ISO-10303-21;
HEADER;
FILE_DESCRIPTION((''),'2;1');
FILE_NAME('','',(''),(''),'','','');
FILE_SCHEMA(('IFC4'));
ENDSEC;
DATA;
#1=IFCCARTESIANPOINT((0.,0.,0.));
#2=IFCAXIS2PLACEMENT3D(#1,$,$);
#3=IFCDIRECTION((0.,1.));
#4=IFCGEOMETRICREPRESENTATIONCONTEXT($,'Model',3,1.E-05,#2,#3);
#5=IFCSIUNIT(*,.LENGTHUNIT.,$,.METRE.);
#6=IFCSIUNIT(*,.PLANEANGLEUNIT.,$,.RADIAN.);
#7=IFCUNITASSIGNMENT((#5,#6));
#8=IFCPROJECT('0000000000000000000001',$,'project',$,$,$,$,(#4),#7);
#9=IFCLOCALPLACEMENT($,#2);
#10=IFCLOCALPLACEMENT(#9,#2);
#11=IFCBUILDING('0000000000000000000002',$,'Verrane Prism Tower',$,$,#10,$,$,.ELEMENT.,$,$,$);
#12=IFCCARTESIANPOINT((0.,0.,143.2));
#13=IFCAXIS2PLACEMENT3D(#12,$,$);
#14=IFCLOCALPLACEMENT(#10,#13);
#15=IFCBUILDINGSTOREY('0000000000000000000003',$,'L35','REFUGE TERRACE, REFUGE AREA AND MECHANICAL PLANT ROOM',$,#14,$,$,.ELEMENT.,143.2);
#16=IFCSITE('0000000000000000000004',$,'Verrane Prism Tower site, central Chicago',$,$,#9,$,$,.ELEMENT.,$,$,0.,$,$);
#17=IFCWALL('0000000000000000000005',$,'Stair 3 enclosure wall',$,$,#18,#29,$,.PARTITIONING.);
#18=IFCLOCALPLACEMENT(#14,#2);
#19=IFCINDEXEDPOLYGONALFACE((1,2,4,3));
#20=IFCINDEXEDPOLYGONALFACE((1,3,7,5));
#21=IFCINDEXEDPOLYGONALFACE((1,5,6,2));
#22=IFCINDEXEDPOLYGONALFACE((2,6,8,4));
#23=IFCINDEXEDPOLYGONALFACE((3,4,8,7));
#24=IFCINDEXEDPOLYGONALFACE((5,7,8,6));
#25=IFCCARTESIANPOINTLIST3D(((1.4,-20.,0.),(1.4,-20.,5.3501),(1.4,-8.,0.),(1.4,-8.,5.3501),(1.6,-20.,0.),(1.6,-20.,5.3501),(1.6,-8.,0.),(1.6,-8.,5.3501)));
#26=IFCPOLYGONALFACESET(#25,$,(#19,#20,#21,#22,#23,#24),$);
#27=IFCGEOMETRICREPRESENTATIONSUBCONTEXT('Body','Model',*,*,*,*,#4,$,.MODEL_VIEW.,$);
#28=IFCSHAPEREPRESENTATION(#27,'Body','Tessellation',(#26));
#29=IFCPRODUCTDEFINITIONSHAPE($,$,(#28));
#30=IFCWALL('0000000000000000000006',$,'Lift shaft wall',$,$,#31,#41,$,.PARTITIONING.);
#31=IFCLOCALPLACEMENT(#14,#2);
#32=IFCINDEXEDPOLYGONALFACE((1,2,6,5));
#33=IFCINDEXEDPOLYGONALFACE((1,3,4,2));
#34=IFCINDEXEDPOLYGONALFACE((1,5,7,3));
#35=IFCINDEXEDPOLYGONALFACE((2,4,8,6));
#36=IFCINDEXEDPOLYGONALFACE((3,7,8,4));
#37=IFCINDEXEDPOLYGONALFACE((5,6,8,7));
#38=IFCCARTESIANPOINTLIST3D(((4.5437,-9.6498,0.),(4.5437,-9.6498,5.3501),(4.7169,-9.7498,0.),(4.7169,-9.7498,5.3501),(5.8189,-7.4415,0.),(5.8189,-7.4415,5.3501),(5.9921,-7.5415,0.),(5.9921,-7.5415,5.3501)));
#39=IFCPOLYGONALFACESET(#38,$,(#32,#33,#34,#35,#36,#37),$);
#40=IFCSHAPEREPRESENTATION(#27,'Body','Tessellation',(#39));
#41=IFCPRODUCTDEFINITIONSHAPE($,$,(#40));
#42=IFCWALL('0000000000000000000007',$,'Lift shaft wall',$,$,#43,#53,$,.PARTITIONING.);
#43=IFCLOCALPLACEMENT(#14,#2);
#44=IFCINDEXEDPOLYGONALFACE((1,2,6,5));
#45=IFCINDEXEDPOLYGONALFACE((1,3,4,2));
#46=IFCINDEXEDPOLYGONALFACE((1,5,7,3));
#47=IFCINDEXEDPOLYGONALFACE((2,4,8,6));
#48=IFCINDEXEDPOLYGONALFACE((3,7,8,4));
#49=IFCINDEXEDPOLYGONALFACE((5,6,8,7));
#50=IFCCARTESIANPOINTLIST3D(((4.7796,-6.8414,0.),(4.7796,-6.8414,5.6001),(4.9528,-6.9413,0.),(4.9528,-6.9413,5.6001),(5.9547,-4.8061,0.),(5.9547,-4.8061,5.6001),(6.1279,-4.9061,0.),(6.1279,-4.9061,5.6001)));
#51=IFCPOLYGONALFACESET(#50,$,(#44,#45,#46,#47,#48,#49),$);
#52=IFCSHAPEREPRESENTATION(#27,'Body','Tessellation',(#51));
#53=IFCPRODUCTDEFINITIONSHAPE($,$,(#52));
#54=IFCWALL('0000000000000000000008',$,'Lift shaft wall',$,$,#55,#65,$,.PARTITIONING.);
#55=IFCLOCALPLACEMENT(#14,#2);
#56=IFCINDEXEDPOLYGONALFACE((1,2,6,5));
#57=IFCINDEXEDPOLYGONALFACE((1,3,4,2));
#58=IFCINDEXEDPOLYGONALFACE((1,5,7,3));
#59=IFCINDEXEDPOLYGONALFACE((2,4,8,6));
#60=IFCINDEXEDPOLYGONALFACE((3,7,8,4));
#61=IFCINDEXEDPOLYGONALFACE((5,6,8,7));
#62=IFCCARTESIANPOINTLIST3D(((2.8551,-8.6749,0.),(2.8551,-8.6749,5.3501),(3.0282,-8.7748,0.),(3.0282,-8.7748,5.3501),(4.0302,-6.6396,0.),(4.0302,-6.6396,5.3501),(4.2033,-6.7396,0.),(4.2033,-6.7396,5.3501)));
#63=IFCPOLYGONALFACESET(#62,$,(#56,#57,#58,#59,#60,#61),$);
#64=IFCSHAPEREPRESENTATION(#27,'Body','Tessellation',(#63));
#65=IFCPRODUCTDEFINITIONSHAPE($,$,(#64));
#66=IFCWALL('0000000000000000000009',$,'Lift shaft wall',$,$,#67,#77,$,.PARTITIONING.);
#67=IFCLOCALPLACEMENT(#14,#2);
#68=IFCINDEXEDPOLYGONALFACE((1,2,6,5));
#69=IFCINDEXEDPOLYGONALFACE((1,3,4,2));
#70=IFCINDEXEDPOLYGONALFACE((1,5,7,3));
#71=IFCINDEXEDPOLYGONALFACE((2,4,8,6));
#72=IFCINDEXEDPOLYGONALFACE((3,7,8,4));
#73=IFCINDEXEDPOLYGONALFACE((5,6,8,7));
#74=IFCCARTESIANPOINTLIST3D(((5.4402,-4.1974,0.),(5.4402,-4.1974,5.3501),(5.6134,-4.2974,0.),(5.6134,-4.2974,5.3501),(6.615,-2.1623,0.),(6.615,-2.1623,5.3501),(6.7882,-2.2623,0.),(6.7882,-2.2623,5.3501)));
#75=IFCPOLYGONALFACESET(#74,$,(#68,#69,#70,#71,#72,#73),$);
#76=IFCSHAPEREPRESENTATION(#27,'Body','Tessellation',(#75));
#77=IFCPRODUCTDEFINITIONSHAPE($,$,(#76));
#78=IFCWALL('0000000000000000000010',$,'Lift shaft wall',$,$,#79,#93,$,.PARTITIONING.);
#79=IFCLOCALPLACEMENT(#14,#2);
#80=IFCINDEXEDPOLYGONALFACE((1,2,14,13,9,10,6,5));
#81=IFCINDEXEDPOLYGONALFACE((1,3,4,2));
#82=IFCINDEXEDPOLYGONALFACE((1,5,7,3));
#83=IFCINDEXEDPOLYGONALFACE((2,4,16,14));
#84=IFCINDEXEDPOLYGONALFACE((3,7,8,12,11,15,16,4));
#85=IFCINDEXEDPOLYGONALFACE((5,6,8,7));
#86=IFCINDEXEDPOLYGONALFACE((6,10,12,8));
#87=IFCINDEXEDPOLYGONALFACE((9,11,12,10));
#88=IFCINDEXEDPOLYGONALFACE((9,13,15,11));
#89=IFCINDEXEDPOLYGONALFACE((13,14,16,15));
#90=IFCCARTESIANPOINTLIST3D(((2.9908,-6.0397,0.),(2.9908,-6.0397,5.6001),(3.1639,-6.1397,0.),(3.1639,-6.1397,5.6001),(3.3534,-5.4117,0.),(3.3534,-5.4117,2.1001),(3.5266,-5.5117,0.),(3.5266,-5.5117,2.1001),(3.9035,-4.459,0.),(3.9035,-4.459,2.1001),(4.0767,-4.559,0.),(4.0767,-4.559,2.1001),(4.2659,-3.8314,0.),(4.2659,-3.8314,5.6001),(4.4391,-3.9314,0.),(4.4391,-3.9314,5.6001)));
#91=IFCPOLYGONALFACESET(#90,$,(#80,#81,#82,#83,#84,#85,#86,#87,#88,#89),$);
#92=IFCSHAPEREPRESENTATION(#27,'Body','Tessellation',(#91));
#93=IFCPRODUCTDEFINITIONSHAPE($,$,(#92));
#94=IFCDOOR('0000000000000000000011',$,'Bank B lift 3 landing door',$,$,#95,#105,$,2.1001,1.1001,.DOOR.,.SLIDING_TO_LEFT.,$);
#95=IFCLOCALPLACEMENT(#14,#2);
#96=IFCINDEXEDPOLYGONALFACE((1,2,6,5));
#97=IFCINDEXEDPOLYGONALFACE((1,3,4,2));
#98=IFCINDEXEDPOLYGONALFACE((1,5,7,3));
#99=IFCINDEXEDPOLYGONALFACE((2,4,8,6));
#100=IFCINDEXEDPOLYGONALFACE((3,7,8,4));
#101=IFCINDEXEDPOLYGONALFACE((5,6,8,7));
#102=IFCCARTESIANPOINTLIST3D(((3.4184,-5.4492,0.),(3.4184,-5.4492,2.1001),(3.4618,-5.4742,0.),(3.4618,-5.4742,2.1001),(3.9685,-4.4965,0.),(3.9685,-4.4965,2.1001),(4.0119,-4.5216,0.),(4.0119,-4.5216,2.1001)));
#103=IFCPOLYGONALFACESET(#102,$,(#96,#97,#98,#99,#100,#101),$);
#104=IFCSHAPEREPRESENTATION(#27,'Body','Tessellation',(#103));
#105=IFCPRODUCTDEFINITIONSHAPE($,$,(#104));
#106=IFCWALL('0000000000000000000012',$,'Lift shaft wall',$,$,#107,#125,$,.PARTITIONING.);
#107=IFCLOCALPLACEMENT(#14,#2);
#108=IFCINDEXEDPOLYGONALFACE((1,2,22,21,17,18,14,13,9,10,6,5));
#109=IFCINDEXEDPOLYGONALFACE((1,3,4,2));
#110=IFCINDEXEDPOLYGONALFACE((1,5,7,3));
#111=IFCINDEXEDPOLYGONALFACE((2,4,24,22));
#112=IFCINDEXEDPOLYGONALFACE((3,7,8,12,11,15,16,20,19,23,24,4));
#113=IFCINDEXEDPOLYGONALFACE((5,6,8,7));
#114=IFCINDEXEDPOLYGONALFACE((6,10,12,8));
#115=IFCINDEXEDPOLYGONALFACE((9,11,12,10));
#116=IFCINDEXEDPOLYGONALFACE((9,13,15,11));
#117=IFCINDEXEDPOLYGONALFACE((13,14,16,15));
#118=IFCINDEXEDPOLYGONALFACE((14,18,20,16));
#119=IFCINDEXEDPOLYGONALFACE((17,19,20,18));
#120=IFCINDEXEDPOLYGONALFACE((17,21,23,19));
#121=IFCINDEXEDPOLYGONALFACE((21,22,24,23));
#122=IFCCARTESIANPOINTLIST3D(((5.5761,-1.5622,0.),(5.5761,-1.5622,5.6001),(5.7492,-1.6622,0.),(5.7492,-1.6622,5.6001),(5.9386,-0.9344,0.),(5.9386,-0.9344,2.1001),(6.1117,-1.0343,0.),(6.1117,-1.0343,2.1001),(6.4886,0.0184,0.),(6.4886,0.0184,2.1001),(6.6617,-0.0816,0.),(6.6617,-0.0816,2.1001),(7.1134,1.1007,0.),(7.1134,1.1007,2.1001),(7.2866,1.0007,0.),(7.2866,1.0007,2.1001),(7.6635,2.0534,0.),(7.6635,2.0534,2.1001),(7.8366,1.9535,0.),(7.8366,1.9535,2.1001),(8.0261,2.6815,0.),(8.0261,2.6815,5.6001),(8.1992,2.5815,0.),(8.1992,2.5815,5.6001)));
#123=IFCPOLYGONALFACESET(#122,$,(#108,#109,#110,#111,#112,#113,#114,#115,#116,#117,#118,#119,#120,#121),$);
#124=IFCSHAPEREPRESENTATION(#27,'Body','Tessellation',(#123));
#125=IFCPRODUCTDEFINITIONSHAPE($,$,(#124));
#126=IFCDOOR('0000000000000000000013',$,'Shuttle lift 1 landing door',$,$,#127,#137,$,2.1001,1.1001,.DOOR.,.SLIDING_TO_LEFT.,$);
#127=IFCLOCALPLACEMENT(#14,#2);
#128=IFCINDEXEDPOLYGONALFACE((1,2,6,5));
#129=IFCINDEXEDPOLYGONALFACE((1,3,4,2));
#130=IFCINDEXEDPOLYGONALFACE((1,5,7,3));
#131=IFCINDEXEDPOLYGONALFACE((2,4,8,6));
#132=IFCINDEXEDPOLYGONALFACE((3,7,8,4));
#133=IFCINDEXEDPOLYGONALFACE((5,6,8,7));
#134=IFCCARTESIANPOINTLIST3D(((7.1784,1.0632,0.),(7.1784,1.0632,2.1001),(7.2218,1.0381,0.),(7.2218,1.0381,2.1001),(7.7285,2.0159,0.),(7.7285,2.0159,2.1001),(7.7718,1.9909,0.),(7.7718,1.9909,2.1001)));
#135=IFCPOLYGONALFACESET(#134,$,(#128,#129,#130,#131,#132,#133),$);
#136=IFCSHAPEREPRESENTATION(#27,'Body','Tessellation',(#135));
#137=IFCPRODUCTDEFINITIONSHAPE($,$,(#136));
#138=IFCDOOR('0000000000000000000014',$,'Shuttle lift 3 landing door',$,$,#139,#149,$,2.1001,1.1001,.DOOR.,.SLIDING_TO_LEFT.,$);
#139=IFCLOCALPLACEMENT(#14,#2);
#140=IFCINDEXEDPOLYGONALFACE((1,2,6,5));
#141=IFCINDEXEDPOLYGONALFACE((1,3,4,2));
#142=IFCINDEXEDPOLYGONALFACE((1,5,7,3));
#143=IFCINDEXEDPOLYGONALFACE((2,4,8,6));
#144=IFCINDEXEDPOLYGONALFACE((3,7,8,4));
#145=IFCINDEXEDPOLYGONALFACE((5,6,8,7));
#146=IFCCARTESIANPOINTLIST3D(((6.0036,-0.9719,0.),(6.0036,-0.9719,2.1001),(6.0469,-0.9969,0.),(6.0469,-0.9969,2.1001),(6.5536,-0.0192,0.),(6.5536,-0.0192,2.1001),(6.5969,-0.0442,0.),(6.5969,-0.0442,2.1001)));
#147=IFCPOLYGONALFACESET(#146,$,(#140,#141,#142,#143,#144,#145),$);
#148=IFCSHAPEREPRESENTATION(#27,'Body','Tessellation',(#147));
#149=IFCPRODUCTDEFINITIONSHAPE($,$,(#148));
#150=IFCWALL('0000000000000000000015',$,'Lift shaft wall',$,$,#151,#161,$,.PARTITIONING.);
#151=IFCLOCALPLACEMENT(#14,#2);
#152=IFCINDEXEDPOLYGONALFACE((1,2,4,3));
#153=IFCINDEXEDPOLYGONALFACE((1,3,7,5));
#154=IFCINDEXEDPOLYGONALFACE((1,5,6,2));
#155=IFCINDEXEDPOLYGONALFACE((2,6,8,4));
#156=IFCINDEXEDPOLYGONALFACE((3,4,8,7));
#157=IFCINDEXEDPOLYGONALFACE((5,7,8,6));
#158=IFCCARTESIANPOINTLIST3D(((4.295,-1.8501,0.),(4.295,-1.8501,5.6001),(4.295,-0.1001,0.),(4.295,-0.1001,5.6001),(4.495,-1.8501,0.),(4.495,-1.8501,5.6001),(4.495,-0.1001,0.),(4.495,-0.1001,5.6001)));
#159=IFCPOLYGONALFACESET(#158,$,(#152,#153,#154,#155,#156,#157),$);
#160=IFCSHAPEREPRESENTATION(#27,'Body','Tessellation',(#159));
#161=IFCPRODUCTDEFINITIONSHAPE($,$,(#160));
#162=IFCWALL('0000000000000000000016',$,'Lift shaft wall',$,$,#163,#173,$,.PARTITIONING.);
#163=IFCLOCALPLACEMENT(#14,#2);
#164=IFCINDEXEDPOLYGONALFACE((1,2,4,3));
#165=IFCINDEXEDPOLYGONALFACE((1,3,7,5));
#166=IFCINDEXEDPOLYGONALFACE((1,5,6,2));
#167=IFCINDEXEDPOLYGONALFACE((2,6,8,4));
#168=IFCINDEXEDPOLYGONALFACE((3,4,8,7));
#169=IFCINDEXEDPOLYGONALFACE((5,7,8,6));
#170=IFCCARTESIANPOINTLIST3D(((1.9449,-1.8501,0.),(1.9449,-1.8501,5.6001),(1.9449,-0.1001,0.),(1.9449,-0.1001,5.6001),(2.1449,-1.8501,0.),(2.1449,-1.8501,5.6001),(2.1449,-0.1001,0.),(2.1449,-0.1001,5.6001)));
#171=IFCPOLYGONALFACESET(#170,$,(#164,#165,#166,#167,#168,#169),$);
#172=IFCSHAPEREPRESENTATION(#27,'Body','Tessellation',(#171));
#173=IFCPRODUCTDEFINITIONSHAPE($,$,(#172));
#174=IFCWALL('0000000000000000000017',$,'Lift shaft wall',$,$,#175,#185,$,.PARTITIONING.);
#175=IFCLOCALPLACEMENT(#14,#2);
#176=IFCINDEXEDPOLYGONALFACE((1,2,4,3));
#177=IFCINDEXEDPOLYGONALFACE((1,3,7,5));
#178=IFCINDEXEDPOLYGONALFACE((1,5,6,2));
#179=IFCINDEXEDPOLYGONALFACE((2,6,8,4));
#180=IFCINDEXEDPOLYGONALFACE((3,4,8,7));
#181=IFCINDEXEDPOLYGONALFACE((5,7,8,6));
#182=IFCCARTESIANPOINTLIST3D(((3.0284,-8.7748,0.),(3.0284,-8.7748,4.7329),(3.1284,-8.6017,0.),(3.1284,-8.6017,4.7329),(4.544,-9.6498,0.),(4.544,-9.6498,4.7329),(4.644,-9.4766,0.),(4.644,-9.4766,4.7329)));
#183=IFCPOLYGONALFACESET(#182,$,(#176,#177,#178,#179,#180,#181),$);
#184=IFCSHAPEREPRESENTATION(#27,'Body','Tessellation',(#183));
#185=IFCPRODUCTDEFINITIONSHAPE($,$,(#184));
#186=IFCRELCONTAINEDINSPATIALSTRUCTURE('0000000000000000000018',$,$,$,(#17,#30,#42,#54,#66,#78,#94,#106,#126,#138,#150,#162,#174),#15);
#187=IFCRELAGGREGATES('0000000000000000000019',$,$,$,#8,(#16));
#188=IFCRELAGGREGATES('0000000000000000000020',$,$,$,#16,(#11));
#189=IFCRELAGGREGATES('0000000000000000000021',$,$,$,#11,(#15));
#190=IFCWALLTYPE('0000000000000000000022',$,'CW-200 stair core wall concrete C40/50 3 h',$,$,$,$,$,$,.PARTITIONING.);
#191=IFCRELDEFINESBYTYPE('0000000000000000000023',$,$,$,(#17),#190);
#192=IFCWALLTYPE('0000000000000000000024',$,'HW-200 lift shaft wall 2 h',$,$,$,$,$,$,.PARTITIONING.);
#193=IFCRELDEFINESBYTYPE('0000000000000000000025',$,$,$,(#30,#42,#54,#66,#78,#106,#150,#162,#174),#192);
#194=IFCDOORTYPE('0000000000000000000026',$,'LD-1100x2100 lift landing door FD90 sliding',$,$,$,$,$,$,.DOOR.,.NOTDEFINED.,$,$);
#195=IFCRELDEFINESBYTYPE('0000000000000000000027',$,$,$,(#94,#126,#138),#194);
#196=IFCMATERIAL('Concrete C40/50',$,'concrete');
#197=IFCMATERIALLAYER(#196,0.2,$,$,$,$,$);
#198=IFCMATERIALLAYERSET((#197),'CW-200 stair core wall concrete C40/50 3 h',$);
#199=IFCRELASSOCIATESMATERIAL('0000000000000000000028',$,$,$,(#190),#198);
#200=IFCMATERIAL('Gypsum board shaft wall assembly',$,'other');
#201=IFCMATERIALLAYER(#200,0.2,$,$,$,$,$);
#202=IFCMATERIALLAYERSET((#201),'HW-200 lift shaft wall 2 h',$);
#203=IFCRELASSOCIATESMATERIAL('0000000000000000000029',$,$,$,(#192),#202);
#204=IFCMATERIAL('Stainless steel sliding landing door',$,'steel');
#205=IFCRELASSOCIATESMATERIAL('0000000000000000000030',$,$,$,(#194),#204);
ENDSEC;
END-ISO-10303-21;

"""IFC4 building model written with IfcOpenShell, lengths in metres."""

from ifc_helpers import new_model, si_unit, direction, frame, frame_2d, origin, place, context, subcontext, project, spatial, rectangle, extrude, material, layer, layer_set, type_object, element, fill, save


model = new_model("IFC4")

# Units and contexts
model_context = context("Model", 3, precision=1e-05, world=origin(), true_north=direction((0.0, 1.0)))
body_context = subcontext(model_context, "Body", "Model", "MODEL_VIEW")
ifc_project = project(units=[si_unit("LENGTHUNIT", "METRE"), si_unit("PLANEANGLEUNIT", "RADIAN")], contexts=[model_context])

# Site, building, storey
site_placement = place(None, origin())
site = spatial("IfcSite", under=ifc_project, at=site_placement, Name="Verrane Prism Tower site, central Chicago", CompositionType="ELEMENT", RefElevation=0.0)
building_placement = place(site_placement, origin())
building = spatial("IfcBuilding", under=site, at=building_placement, Name="Verrane Prism Tower", CompositionType="ELEMENT")
storey_placement = place(building_placement, frame((0.0, 0.0, 143.2)))
storey = spatial("IfcBuildingStorey", under=building, at=storey_placement, Name="L35", Description="REFUGE TERRACE, REFUGE AREA AND MECHANICAL PLANT ROOM", CompositionType="ELEMENT", Elevation=143.2)

# Walls
ifc_material_1 = material(Name="Concrete C40/50", Category="concrete")
ifc_layer_1 = layer(ifc_material_1, 0.2)
ifc_layer_set_1 = layer_set([ifc_layer_1], Name="CW-200 stair core wall concrete C40/50 3 h")
wall_type_1 = type_object("IfcWallType", Name="CW-200 stair core wall concrete C40/50 3 h", PredefinedType="PARTITIONING", material=ifc_layer_set_1)
wall_1_placement = place(storey_placement, frame((1.5, -8.0, 0.0), z_axis=(0.0, 0.0, 1.0), x_axis=(0.0, -1.0, 0.0)))
element("IfcWall", 1, at=wall_1_placement, inside=storey, type_object=wall_type_1, Name="Stair 3 enclosure wall", PredefinedType="PARTITIONING", context=body_context, shape_type="SweptSolid", body=[
    extrude(rectangle(XDim=12.0, YDim=0.2, at=frame_2d((6.0, 0.0))), origin(), (0.0, 0.0, 1.0), 5.3501),
])
ifc_material_2 = material(Name="Gypsum board shaft wall assembly", Category="other")
ifc_layer_2 = layer(ifc_material_2, 0.2)
ifc_layer_set_2 = layer_set([ifc_layer_2], Name="HW-200 lift shaft wall 2 h")
wall_type_2 = type_object("IfcWallType", Name="HW-200 lift shaft wall 2 h", PredefinedType="PARTITIONING", material=ifc_layer_set_2)
wall_2_placement = place(storey_placement, frame((4.6304, -9.6997, 0.0), z_axis=(0.0, 0.0, 1.0), x_axis=(0.500062, 0.865989, 0.0)))
element("IfcWall", 2, at=wall_2_placement, inside=storey, type_object=wall_type_2, Name="Lift shaft wall", PredefinedType="PARTITIONING", context=body_context, shape_type="SweptSolid", body=[
    extrude(rectangle(XDim=2.55, YDim=0.2, at=frame_2d((1.2749, 0.0))), origin(), (0.0, 0.0, 1.0), 5.3501),
])
wall_3_placement = place(storey_placement, frame((4.8662, -6.8914, 0.0), z_axis=(0.0, 0.0, 1.0), x_axis=(0.500016, 0.866016, 0.0)))
element("IfcWall", 3, at=wall_3_placement, inside=storey, type_object=wall_type_2, Name="Lift shaft wall", PredefinedType="PARTITIONING", context=body_context, shape_type="SweptSolid", body=[
    extrude(rectangle(XDim=2.3501, YDim=0.2, at=frame_2d((1.175, 0.0))), origin(), (0.0, 0.0, 1.0), 5.6001),
])
wall_4_placement = place(storey_placement, frame((2.9417, -8.7249, 0.0), z_axis=(0.0, 0.0, 1.0), x_axis=(0.500016, 0.866016, 0.0)))
element("IfcWall", 4, at=wall_4_placement, inside=storey, type_object=wall_type_2, Name="Lift shaft wall", PredefinedType="PARTITIONING", context=body_context, shape_type="SweptSolid", body=[
    extrude(rectangle(XDim=2.3501, YDim=0.2, at=frame_2d((1.175, 0.0))), origin(), (0.0, 0.0, 1.0), 5.3501),
])
wall_5_placement = place(storey_placement, frame((5.5269, -4.2473, 0.0), z_axis=(0.0, 0.0, 1.0), x_axis=(0.499938, 0.866061, 0.0)))
element("IfcWall", 5, at=wall_5_placement, inside=storey, type_object=wall_type_2, Name="Lift shaft wall", PredefinedType="PARTITIONING", context=body_context, shape_type="SweptSolid", body=[
    extrude(rectangle(XDim=2.3499, YDim=0.2, at=frame_2d((1.1748, 0.0))), origin(), (0.0, 0.0, 1.0), 5.3501),
])

# Wall, opening, door
wall_6_placement = place(storey_placement, frame((3.0774, -6.0896, 0.0), z_axis=(0.0, 0.0, 1.0), x_axis=(0.500062, 0.865989, 0.0)))
wall_6 = element("IfcWall", 6, at=wall_6_placement, inside=storey, type_object=wall_type_2, Name="Lift shaft wall", PredefinedType="PARTITIONING", context=body_context, shape_type="SweptSolid", body=[
    extrude(rectangle(XDim=2.55, YDim=0.2, at=frame_2d((1.2749, 0.0))), origin(), (0.0, 0.0, 1.0), 5.6001),
])
opening_1_placement = place(wall_6_placement, frame((0.7251, 0.0, 0.0)))
opening_1 = element("IfcOpeningElement", 7, at=opening_1_placement, cuts=wall_6, PredefinedType="OPENING", context=body_context, shape_type="SweptSolid", body=[
    extrude(rectangle(XDim=1.1001, YDim=2.1001, at=frame_2d((0.55, 1.05))), frame((0.0, 0.1099, 0.0), z_axis=(0.0, -1.0, 0.0), x_axis=(1.0, 0.0, 0.0)), (0.0, 0.0, 1.0), 0.22),
])
ifc_material_3 = material(Name="Stainless steel sliding landing door", Category="steel")
door_type = type_object("IfcDoorType", Name="LD-1100x2100 lift landing door FD90 sliding", OperationType="NOTDEFINED", PredefinedType="DOOR", material=ifc_material_3)
door_1_placement = place(opening_1_placement, origin())
door_1 = element("IfcDoor", 8, at=door_1_placement, inside=storey, type_object=door_type, Name="Bank B lift 3 landing door", OperationType="SLIDING_TO_LEFT", OverallHeight=2.1001, OverallWidth=1.1001, PredefinedType="DOOR", context=body_context, shape_type="SweptSolid", body=[
    extrude(rectangle(XDim=1.1001, YDim=2.1001, at=frame_2d((0.55, 1.05))), frame((0.0, 0.0249, 0.0), z_axis=(0.0, -1.0, 0.0), x_axis=(1.0, 0.0, 0.0)), (0.0, 0.0, 1.0), 0.05),
])
fill(opening_1, door_1)

# Wall, openings, doors
wall_7_placement = place(storey_placement, frame((5.6626, -1.6123, 0.0), z_axis=(0.0, 0.0, 1.0), x_axis=(0.499981, 0.866036, 0.0)))
wall_7 = element("IfcWall", 9, at=wall_7_placement, inside=storey, type_object=wall_type_2, Name="Lift shaft wall", PredefinedType="PARTITIONING", context=body_context, shape_type="SweptSolid", body=[
    extrude(rectangle(XDim=4.9001, YDim=0.2, at=frame_2d((2.4502, 0.0))), origin(), (0.0, 0.0, 1.0), 5.6001),
])
opening_2_placement = place(wall_7_placement, frame((3.075, 0.0, 0.0)))
opening_2 = element("IfcOpeningElement", 10, at=opening_2_placement, cuts=wall_7, PredefinedType="OPENING", context=body_context, shape_type="SweptSolid", body=[
    extrude(rectangle(XDim=1.1001, YDim=2.1001, at=frame_2d((0.55, 1.05))), frame((0.0, 0.1099, 0.0), z_axis=(0.0, -1.0, 0.0), x_axis=(1.0, 0.0, 0.0)), (0.0, 0.0, 1.0), 0.22),
])
opening_3_placement = place(wall_7_placement, frame((0.7251, 0.0, 0.0)))
opening_3 = element("IfcOpeningElement", 11, at=opening_3_placement, cuts=wall_7, PredefinedType="OPENING", context=body_context, shape_type="SweptSolid", body=[
    extrude(rectangle(XDim=1.1001, YDim=2.1001, at=frame_2d((0.55, 1.05))), frame((0.0, 0.1099, 0.0), z_axis=(0.0, -1.0, 0.0), x_axis=(1.0, 0.0, 0.0)), (0.0, 0.0, 1.0), 0.22),
])
door_2_placement = place(opening_2_placement, origin())
door_2 = element("IfcDoor", 12, at=door_2_placement, inside=storey, type_object=door_type, Name="Shuttle lift 1 landing door", OperationType="SLIDING_TO_LEFT", OverallHeight=2.1001, OverallWidth=1.1001, PredefinedType="DOOR", context=body_context, shape_type="SweptSolid", body=[
    extrude(rectangle(XDim=1.1001, YDim=2.1001, at=frame_2d((0.55, 1.05))), frame((0.0, 0.0249, 0.0), z_axis=(0.0, -1.0, 0.0), x_axis=(1.0, 0.0, 0.0)), (0.0, 0.0, 1.0), 0.05),
])
fill(opening_2, door_2)
door_3_placement = place(opening_3_placement, origin())
door_3 = element("IfcDoor", 13, at=door_3_placement, inside=storey, type_object=door_type, Name="Shuttle lift 3 landing door", OperationType="SLIDING_TO_LEFT", OverallHeight=2.1001, OverallWidth=1.1001, PredefinedType="DOOR", context=body_context, shape_type="SweptSolid", body=[
    extrude(rectangle(XDim=1.1001, YDim=2.1001, at=frame_2d((0.55, 1.05))), frame((0.0, 0.0249, 0.0), z_axis=(0.0, -1.0, 0.0), x_axis=(1.0, 0.0, 0.0)), (0.0, 0.0, 1.0), 0.05),
])
fill(opening_3, door_3)

# Walls
for number, where, z_axis, x_axis, name in (
    (14, (4.395, -1.8501, 0.0), (0.0, 0.0, 1.0), (0.0, 1.0, 0.0), "Lift shaft wall"),
    (15, (2.0449, -1.8501, 0.0), (0.0, 0.0, 1.0), (0.0, 1.0, 0.0), "Lift shaft wall"),
):
    element("IfcWall", number, at=place(storey_placement, frame(where, z_axis=z_axis, x_axis=x_axis)), inside=storey, type_object=wall_type_2, Name=name, PredefinedType="PARTITIONING", context=body_context, shape_type="SweptSolid", body=[
        extrude(rectangle(XDim=1.75, YDim=0.2, at=frame_2d((0.875, 0.0))), origin(), (0.0, 0.0, 1.0), 5.6001),
    ])
wall_8_placement = place(storey_placement, frame((4.594, -9.5632, 0.0), z_axis=(0.0, 0.0, 1.0), x_axis=(-0.866037, 0.49998, 0.0)))
element("IfcWall", 16, at=wall_8_placement, inside=storey, type_object=wall_type_2, Name="Lift shaft wall", PredefinedType="PARTITIONING", context=body_context, shape_type="SweptSolid", body=[
    extrude(rectangle(XDim=1.75, YDim=0.2, at=frame_2d((0.875, 0.0))), origin(), (0.0, 0.0, 1.0), 4.7329),
])

save(model, "model.ifc")
